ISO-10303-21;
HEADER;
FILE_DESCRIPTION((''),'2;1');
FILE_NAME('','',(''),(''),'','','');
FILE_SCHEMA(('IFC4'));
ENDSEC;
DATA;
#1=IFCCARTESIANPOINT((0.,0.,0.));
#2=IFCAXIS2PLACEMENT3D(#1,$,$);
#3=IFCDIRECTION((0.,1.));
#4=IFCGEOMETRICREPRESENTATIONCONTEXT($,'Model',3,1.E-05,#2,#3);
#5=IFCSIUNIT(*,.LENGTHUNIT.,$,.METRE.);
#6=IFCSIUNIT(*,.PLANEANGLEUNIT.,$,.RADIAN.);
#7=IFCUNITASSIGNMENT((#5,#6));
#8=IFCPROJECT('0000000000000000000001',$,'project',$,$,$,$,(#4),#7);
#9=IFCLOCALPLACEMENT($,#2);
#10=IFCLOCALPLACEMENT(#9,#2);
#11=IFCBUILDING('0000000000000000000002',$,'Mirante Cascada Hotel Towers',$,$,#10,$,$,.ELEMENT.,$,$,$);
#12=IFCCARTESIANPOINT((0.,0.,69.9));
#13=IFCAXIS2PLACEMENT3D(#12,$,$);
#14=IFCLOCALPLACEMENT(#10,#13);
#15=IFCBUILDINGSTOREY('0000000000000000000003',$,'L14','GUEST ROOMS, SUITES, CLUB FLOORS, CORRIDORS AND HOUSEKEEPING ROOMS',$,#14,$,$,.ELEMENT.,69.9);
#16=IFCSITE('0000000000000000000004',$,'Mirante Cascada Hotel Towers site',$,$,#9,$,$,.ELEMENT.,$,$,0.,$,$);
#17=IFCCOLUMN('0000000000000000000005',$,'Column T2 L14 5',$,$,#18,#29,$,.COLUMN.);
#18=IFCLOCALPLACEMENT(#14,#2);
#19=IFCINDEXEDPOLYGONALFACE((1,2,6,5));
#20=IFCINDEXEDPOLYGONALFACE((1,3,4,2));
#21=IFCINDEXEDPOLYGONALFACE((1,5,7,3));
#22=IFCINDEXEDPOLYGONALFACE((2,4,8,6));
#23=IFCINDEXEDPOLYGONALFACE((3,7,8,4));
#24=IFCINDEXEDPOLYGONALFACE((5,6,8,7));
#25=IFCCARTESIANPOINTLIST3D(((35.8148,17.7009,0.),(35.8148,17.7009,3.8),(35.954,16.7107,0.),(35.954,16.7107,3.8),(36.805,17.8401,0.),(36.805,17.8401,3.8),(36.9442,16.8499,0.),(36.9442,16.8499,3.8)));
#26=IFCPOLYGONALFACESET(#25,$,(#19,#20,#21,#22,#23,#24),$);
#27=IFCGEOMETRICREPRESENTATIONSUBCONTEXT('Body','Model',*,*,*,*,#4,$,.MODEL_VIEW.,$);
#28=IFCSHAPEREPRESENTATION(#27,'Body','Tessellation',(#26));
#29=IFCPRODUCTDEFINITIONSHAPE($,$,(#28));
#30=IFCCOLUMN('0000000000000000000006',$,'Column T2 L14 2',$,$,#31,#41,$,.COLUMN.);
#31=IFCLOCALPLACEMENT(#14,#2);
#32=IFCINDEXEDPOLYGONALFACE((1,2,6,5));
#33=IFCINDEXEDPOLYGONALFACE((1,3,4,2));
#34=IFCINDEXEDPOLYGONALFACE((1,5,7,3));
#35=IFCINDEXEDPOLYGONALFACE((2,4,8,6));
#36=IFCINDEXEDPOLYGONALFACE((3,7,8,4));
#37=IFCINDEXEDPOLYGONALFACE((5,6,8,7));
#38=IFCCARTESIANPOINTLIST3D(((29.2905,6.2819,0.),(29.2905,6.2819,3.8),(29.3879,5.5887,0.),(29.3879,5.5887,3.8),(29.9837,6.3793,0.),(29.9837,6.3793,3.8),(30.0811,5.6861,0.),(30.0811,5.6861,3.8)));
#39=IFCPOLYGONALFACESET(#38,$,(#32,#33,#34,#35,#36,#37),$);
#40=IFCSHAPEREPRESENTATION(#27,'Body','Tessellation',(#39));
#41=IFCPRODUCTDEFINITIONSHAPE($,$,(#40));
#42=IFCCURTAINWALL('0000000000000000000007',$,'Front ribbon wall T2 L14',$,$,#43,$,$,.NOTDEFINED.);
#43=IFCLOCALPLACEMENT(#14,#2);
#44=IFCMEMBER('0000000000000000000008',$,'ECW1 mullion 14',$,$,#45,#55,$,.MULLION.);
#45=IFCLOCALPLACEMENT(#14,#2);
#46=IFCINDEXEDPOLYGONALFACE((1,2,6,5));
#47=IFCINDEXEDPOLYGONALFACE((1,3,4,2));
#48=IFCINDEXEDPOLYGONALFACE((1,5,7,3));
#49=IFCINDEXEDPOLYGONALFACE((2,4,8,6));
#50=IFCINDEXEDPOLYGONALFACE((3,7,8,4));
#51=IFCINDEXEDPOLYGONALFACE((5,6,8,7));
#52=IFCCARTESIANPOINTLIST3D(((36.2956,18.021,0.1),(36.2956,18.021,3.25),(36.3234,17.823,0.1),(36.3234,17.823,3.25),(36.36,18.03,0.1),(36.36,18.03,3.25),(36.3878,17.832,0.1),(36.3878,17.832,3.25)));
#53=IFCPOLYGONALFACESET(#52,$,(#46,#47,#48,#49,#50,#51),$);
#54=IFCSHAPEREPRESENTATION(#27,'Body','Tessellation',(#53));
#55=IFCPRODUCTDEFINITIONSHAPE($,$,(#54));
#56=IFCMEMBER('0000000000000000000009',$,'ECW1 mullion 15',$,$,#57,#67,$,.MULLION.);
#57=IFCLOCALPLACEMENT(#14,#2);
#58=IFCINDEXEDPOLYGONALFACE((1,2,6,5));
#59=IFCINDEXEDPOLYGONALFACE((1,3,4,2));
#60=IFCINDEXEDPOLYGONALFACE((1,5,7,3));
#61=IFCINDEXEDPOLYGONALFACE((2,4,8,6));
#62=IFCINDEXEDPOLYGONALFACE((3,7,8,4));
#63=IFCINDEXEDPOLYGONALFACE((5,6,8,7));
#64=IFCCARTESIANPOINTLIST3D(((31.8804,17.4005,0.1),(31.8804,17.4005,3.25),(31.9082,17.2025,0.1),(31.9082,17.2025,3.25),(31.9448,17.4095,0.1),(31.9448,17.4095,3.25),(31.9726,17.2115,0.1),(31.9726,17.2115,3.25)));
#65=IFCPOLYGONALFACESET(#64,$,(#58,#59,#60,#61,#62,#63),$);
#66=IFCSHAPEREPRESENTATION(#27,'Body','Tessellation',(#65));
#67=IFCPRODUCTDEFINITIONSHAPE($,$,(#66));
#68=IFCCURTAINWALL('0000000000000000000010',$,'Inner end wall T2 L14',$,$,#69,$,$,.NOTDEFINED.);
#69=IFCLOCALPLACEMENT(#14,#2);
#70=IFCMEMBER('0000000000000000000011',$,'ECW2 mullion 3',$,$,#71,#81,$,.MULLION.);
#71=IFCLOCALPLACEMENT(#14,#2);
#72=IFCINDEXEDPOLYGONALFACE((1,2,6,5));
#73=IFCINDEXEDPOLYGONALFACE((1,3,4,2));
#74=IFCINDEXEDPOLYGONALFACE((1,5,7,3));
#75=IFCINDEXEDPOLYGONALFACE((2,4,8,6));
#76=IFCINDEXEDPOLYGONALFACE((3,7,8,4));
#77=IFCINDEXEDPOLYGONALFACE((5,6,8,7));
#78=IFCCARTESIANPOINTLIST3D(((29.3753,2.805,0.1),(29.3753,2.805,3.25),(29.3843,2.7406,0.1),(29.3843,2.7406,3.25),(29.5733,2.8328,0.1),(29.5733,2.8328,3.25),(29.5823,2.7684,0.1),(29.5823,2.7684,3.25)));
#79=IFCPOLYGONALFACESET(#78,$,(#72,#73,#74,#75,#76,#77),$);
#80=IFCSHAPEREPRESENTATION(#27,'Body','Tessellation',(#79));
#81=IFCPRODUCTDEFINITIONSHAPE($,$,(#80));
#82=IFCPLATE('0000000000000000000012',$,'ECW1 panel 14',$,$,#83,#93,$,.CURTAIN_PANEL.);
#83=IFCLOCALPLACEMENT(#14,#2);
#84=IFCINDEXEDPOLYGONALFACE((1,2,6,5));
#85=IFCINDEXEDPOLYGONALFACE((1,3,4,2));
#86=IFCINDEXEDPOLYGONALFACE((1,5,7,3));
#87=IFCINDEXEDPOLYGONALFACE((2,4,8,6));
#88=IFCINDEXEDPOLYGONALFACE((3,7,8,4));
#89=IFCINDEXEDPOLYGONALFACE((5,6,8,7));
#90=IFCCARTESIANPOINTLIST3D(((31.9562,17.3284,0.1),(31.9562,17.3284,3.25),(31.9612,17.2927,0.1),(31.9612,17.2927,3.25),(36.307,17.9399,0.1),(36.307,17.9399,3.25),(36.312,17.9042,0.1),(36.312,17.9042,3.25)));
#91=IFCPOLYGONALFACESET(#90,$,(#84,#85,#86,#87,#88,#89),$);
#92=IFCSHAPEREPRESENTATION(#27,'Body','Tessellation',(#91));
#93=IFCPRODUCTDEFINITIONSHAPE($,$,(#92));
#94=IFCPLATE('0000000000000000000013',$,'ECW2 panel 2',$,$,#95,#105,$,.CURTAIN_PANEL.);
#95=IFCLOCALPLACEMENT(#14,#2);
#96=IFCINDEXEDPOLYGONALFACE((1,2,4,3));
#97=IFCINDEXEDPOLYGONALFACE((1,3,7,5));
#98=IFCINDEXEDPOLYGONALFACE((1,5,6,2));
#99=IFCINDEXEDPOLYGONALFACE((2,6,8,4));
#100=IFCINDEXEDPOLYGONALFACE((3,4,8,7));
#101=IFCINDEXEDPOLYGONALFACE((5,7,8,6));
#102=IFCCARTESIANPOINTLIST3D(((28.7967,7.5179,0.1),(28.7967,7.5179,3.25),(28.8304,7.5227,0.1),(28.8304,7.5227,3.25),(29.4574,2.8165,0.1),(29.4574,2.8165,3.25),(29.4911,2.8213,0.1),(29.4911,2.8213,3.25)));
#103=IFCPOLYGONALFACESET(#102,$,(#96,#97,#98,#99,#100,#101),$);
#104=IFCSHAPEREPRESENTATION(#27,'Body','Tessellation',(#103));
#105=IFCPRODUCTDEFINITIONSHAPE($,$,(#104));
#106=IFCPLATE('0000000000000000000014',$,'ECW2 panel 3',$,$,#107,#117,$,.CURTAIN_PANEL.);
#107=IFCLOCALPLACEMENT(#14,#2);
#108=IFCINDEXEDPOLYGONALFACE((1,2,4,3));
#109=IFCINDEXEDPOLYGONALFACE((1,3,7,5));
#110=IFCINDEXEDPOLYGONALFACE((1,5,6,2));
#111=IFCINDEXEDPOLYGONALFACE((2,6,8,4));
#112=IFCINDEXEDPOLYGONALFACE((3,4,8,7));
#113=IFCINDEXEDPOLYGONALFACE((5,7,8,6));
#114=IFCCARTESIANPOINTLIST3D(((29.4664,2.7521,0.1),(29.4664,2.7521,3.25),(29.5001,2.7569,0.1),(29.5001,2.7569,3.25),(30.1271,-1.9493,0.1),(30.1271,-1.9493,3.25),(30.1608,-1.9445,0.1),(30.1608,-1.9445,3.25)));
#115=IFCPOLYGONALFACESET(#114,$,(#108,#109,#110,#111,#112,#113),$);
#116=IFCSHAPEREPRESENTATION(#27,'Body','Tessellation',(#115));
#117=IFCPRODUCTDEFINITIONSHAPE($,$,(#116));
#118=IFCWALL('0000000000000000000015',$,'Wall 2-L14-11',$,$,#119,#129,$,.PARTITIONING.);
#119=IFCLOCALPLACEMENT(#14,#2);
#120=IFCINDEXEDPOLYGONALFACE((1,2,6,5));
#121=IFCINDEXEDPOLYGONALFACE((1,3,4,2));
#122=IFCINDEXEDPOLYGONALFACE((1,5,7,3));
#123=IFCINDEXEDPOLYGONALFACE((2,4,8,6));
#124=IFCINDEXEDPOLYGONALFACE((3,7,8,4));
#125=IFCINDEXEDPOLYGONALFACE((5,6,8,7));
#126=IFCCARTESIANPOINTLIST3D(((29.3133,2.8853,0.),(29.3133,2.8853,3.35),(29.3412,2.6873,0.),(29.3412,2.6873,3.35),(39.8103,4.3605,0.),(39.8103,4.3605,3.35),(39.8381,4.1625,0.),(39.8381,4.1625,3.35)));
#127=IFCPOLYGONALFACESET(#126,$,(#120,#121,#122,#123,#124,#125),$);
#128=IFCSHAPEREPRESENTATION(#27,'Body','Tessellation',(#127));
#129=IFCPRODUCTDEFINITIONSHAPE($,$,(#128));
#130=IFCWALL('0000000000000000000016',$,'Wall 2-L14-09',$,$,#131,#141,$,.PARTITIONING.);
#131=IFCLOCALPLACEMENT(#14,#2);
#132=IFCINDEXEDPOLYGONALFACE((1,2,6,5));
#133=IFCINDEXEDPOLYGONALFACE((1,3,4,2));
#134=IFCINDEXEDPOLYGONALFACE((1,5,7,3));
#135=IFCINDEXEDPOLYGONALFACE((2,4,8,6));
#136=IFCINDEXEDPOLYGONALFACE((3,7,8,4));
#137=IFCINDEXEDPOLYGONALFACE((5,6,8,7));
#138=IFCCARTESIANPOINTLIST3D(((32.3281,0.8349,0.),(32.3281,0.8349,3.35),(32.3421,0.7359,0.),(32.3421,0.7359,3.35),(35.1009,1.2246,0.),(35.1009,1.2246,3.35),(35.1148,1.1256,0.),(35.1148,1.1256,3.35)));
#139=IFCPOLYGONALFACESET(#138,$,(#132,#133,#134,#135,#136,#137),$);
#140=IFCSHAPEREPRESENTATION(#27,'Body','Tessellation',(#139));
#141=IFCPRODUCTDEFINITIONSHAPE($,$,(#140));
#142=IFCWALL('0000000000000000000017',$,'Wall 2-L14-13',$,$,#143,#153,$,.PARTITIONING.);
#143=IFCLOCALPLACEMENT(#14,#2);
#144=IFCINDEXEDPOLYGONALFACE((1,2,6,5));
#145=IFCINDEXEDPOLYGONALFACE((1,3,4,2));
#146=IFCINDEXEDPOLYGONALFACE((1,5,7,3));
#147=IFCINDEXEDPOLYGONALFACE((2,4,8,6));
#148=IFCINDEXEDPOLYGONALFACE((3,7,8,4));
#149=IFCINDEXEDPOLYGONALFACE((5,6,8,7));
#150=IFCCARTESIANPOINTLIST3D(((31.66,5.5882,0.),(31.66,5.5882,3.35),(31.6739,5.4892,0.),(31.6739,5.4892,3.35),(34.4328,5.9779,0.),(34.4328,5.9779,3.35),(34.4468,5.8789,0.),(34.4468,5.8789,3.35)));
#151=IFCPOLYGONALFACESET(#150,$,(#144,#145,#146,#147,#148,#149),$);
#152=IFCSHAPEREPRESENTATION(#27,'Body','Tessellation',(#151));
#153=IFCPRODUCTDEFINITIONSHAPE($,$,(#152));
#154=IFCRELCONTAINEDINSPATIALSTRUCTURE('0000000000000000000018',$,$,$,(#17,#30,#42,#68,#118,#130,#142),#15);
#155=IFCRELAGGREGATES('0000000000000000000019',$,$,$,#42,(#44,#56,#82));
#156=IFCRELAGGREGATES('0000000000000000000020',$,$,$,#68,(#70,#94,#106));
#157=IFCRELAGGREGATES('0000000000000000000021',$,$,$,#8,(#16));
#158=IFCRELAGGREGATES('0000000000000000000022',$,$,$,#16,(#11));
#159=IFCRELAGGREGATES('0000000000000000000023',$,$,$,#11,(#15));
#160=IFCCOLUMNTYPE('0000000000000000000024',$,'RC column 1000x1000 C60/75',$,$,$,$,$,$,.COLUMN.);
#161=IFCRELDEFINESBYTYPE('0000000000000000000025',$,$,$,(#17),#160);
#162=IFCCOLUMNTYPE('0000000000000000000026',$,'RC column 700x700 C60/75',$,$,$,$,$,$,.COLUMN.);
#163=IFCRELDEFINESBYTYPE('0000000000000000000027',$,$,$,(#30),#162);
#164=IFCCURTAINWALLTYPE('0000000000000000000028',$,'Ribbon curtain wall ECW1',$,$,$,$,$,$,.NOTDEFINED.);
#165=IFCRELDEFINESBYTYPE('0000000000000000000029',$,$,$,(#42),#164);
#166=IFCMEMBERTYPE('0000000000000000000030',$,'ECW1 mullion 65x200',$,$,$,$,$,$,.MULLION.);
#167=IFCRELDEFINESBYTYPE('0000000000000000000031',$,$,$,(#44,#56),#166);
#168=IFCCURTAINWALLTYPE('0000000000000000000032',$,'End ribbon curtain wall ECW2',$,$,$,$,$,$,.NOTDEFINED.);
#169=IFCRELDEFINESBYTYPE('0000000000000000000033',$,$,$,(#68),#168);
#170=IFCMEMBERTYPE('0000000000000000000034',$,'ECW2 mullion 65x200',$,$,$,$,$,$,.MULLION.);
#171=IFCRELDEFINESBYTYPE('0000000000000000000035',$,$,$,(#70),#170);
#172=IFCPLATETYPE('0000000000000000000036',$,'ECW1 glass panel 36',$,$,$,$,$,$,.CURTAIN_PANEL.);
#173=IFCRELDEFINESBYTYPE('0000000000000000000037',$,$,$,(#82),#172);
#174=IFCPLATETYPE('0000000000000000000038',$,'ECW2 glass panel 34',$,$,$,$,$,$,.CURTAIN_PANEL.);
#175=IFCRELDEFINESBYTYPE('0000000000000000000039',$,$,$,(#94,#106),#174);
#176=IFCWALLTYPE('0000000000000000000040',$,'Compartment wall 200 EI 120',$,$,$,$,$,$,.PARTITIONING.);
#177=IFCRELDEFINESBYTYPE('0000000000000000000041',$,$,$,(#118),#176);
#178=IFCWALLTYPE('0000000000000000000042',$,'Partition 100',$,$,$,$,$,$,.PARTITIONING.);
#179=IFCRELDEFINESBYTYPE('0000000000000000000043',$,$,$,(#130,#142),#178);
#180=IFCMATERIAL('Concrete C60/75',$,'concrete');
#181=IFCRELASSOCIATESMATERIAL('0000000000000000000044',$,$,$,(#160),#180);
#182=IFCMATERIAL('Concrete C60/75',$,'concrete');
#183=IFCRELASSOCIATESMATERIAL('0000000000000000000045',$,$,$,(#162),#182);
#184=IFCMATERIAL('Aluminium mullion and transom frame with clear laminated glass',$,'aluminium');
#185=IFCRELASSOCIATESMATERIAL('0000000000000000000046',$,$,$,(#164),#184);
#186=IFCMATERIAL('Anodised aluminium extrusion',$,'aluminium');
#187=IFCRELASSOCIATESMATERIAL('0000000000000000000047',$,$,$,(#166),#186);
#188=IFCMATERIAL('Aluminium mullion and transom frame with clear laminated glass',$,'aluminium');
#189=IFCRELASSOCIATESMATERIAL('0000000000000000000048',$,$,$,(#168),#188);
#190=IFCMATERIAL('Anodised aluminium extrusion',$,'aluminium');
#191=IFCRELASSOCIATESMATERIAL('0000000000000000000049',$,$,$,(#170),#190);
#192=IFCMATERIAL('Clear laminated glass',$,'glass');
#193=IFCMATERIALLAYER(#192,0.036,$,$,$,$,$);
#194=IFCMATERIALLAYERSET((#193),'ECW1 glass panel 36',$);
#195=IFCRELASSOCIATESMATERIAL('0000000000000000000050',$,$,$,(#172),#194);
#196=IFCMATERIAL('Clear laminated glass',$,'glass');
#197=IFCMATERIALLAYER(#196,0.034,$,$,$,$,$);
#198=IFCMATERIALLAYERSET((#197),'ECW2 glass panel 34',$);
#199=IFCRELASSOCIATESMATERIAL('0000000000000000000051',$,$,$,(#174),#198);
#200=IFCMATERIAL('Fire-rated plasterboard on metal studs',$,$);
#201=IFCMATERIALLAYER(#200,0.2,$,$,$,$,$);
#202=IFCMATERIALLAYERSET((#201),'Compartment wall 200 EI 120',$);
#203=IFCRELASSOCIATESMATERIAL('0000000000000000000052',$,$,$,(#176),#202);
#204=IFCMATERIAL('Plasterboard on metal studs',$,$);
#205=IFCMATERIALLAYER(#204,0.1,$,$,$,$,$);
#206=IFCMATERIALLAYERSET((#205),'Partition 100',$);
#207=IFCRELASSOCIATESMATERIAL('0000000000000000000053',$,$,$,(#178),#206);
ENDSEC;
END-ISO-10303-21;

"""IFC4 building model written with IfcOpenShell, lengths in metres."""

from ifc_helpers import new_model, si_unit, direction, frame, frame_2d, origin, origin_2d, place, context, subcontext, project, spatial, rectangle, extrude, material, layer, layer_set, material_profile, profile_set, type_object, element, aggregate, save


model = new_model("IFC4")

# Units and contexts
model_context = context("Model", 3, precision=1e-05, world=origin(), true_north=direction((0.0, 1.0)))
body_context = subcontext(model_context, "Body", "Model", "MODEL_VIEW")
ifc_project = project(units=[si_unit("LENGTHUNIT", "METRE"), si_unit("PLANEANGLEUNIT", "RADIAN")], contexts=[model_context])

# Site, building, storey
site_placement = place(None, origin())
site = spatial("IfcSite", under=ifc_project, at=site_placement, Name="Mirante Cascada Hotel Towers site", CompositionType="ELEMENT", RefElevation=0.0)
building_placement = place(site_placement, origin())
building = spatial("IfcBuilding", under=site, at=building_placement, Name="Mirante Cascada Hotel Towers", CompositionType="ELEMENT")
storey_placement = place(building_placement, frame((0.0, 0.0, 69.9)))
storey = spatial("IfcBuildingStorey", under=building, at=storey_placement, Name="L14", Description="GUEST ROOMS, SUITES, CLUB FLOORS, CORRIDORS AND HOUSEKEEPING ROOMS", CompositionType="ELEMENT", Elevation=69.9)

# Columns
ifc_material_1 = material(Name="Concrete C60/75", Category="concrete")
ifc_material_profile_1 = material_profile(ifc_material_1, rectangle(XDim=1.0, YDim=1.0, at=origin_2d()), Name="RC column 1000x1000 C60/75")
ifc_profile_set_1 = profile_set([ifc_material_profile_1], Name="Concrete C60/75")
column_type_1 = type_object("IfcColumnType", Name="RC column 1000x1000 C60/75", PredefinedType="COLUMN", material=ifc_profile_set_1)
column_1_placement = place(storey_placement, frame((36.3795, 17.2754, 0.0), z_axis=(0.0, 0.0, 1.0), x_axis=(0.990268, 0.139173, 0.0)))
element("IfcColumn", 1, at=column_1_placement, inside=storey, type_object=column_type_1, Name="Column T2 L14 5", PredefinedType="COLUMN", context=body_context, shape_type="SweptSolid", body=[
    extrude(rectangle(XDim=1.0, YDim=1.0, at=origin_2d()), origin(), (0.0, 0.0, 1.0), 3.8),
])
ifc_material_2 = material(Name="Concrete C60/75", Category="concrete")
ifc_material_profile_2 = material_profile(ifc_material_2, rectangle(XDim=0.7, YDim=0.7, at=origin_2d()), Name="RC column 700x700 C60/75")
ifc_profile_set_2 = profile_set([ifc_material_profile_2], Name="Concrete C60/75")
column_type_2 = type_object("IfcColumnType", Name="RC column 700x700 C60/75", PredefinedType="COLUMN", material=ifc_profile_set_2)
column_2_placement = place(storey_placement, frame((29.6858, 5.984, 0.0), z_axis=(0.0, 0.0, 1.0), x_axis=(0.990268, 0.139173, 0.0)))
element("IfcColumn", 2, at=column_2_placement, inside=storey, type_object=column_type_2, Name="Column T2 L14 2", PredefinedType="COLUMN", context=body_context, shape_type="SweptSolid", body=[
    extrude(rectangle(XDim=0.7, YDim=0.7, at=origin_2d()), origin(), (0.0, 0.0, 1.0), 3.8),
])

# Curtain wall, members
ifc_material_3 = material(Name="Aluminium mullion and transom frame with clear laminated glass", Category="aluminium")
curtain_wall_type_1 = type_object("IfcCurtainWallType", Name="Ribbon curtain wall ECW1", PredefinedType="NOTDEFINED", material=ifc_material_3)
curtain_wall_1_placement = place(storey_placement, origin())
curtain_wall_1 = element("IfcCurtainWall", 3, at=curtain_wall_1_placement, inside=storey, type_object=curtain_wall_type_1, Name="Front ribbon wall T2 L14", PredefinedType="NOTDEFINED")
ifc_material_4 = material(Name="Anodised aluminium extrusion", Category="aluminium")
ifc_material_profile_3 = material_profile(ifc_material_4, rectangle(XDim=0.2, YDim=0.065, at=origin_2d()), Name="ECW1 MULLION 65x200")
ifc_profile_set_3 = profile_set([ifc_material_profile_3], Name="Anodised aluminium extrusion")
member_type_1 = type_object("IfcMemberType", Name="ECW1 mullion 65x200", PredefinedType="MULLION", material=ifc_profile_set_3)
member_1_placement = place(storey_placement, frame((36.3417, 17.9265, 0.1), z_axis=(0.0, 0.0, 1.0), x_axis=(0.139173, -0.990268, 0.0)))
member_1 = element("IfcMember", 4, at=member_1_placement, type_object=member_type_1, Name="ECW1 mullion 14", PredefinedType="MULLION", context=body_context, shape_type="SweptSolid", body=[
    extrude(rectangle(XDim=0.2, YDim=0.065, at=origin_2d()), origin(), (0.0, 0.0, 1.0), 3.15),
])
member_2_placement = place(storey_placement, frame((31.9265, 17.306, 0.1), z_axis=(0.0, 0.0, 1.0), x_axis=(0.139173, -0.990268, 0.0)))
member_2 = element("IfcMember", 5, at=member_2_placement, type_object=member_type_1, Name="ECW1 mullion 15", PredefinedType="MULLION", context=body_context, shape_type="SweptSolid", body=[
    extrude(rectangle(XDim=0.2, YDim=0.065, at=origin_2d()), origin(), (0.0, 0.0, 1.0), 3.15),
])

# Curtain wall, member
ifc_material_5 = material(Name="Aluminium mullion and transom frame with clear laminated glass", Category="aluminium")
curtain_wall_type_2 = type_object("IfcCurtainWallType", Name="End ribbon curtain wall ECW2", PredefinedType="NOTDEFINED", material=ifc_material_5)
curtain_wall_2_placement = place(storey_placement, origin())
curtain_wall_2 = element("IfcCurtainWall", 6, at=curtain_wall_2_placement, inside=storey, type_object=curtain_wall_type_2, Name="Inner end wall T2 L14", PredefinedType="NOTDEFINED")
ifc_material_6 = material(Name="Anodised aluminium extrusion", Category="aluminium")
ifc_material_profile_4 = material_profile(ifc_material_6, rectangle(XDim=0.2, YDim=0.065, at=origin_2d()), Name="ECW2 MULLION 65x200")
ifc_profile_set_4 = profile_set([ifc_material_profile_4], Name="Anodised aluminium extrusion")
member_type_2 = type_object("IfcMemberType", Name="ECW2 mullion 65x200", PredefinedType="MULLION", material=ifc_profile_set_4)
member_3_placement = place(storey_placement, frame((29.4788, 2.7867, 0.1), z_axis=(0.0, 0.0, 1.0), x_axis=(0.990268, 0.139173, 0.0)))
member_3 = element("IfcMember", 7, at=member_3_placement, type_object=member_type_2, Name="ECW2 mullion 3", PredefinedType="MULLION", context=body_context, shape_type="SweptSolid", body=[
    extrude(rectangle(XDim=0.2, YDim=0.065, at=origin_2d()), origin(), (0.0, 0.0, 1.0), 3.15),
])

# Plates
ifc_material_7 = material(Name="Clear laminated glass", Category="glass")
ifc_layer_1 = layer(ifc_material_7, 0.036)
ifc_layer_set_1 = layer_set([ifc_layer_1], Name="ECW1 glass panel 36")
plate_type_1 = type_object("IfcPlateType", Name="ECW1 glass panel 36", PredefinedType="CURTAIN_PANEL", material=ifc_layer_set_1)
plate_1_placement = place(storey_placement, frame((34.1341, 17.6163, 0.1), z_axis=(0.0, 0.0, 1.0), x_axis=(-0.990268, -0.139173, 0.0)))
plate_1 = element("IfcPlate", 8, at=plate_1_placement, type_object=plate_type_1, Name="ECW1 panel 14", PredefinedType="CURTAIN_PANEL", context=body_context, shape_type="SweptSolid", body=[
    extrude(rectangle(XDim=4.3936, YDim=0.036, at=origin_2d()), origin(), (0.0, 0.0, 1.0), 3.15),
])
aggregate(curtain_wall_1, [member_1, member_2, plate_1])
ifc_material_8 = material(Name="Clear laminated glass", Category="glass")
ifc_layer_2 = layer(ifc_material_8, 0.034)
ifc_layer_set_2 = layer_set([ifc_layer_2], Name="ECW2 glass panel 34")
plate_type_2 = type_object("IfcPlateType", Name="ECW2 glass panel 34", PredefinedType="CURTAIN_PANEL", material=ifc_layer_set_2)
plate_2_placement = place(storey_placement, frame((29.1439, 5.1696, 0.1), z_axis=(0.0, 0.0, 1.0), x_axis=(0.139173, -0.990268, 0.0)))
plate_2 = element("IfcPlate", 9, at=plate_2_placement, type_object=plate_type_2, Name="ECW2 panel 2", PredefinedType="CURTAIN_PANEL", context=body_context, shape_type="SweptSolid", body=[
    extrude(rectangle(XDim=4.7476, YDim=0.034, at=origin_2d()), origin(), (0.0, 0.0, 1.0), 3.15),
])
plate_3_placement = place(storey_placement, frame((29.8136, 0.4038, 0.1), z_axis=(0.0, 0.0, 1.0), x_axis=(0.139173, -0.990268, 0.0)))
plate_3 = element("IfcPlate", 10, at=plate_3_placement, type_object=plate_type_2, Name="ECW2 panel 3", PredefinedType="CURTAIN_PANEL", context=body_context, shape_type="SweptSolid", body=[
    extrude(rectangle(XDim=4.7476, YDim=0.034, at=origin_2d()), origin(), (0.0, 0.0, 1.0), 3.15),
])
aggregate(curtain_wall_2, [member_3, plate_2, plate_3])

# Walls
ifc_material_9 = material(Name="Fire-rated plasterboard on metal studs")
ifc_layer_3 = layer(ifc_material_9, 0.2)
ifc_layer_set_3 = layer_set([ifc_layer_3], Name="Compartment wall 200 EI 120")
wall_type_1 = type_object("IfcWallType", Name="Compartment wall 200 EI 120", PredefinedType="PARTITIONING", material=ifc_layer_set_3)
wall_1_placement = place(storey_placement, frame((29.3273, 2.7863, 0.0), z_axis=(0.0, 0.0, 1.0), x_axis=(0.990269, 0.139169, 0.0)))
element("IfcWall", 11, at=wall_1_placement, inside=storey, type_object=wall_type_1, Name="Wall 2-L14-11", PredefinedType="PARTITIONING", context=body_context, shape_type="SweptSolid", body=[
    extrude(rectangle(XDim=10.6001, YDim=0.2, at=frame_2d((5.3, 0.0))), origin(), (0.0, 0.0, 1.0), 3.35),
])
ifc_material_10 = material(Name="Plasterboard on metal studs")
ifc_layer_4 = layer(ifc_material_10, 0.1)
ifc_layer_set_4 = layer_set([ifc_layer_4], Name="Partition 100")
wall_type_2 = type_object("IfcWallType", Name="Partition 100", PredefinedType="PARTITIONING", material=ifc_layer_set_4)
wall_2_placement = place(storey_placement, frame((32.3351, 0.7854, 0.0), z_axis=(0.0, 0.0, 1.0), x_axis=(0.990267, 0.139181, 0.0)))
element("IfcWall", 12, at=wall_2_placement, inside=storey, type_object=wall_type_2, Name="Wall 2-L14-09", PredefinedType="PARTITIONING", context=body_context, shape_type="SweptSolid", body=[
    extrude(rectangle(XDim=2.8, YDim=0.1, at=frame_2d((1.4, 0.0))), origin(), (0.0, 0.0, 1.0), 3.35),
])
wall_3_placement = place(storey_placement, frame((31.667, 5.5387, 0.0), z_axis=(0.0, 0.0, 1.0), x_axis=(0.990268, 0.139176, 0.0)))
element("IfcWall", 13, at=wall_3_placement, inside=storey, type_object=wall_type_2, Name="Wall 2-L14-13", PredefinedType="PARTITIONING", context=body_context, shape_type="SweptSolid", body=[
    extrude(rectangle(XDim=2.8001, YDim=0.1, at=frame_2d((1.4, 0.0))), origin(), (0.0, 0.0, 1.0), 3.35),
])

save(model, "model.ifc")
